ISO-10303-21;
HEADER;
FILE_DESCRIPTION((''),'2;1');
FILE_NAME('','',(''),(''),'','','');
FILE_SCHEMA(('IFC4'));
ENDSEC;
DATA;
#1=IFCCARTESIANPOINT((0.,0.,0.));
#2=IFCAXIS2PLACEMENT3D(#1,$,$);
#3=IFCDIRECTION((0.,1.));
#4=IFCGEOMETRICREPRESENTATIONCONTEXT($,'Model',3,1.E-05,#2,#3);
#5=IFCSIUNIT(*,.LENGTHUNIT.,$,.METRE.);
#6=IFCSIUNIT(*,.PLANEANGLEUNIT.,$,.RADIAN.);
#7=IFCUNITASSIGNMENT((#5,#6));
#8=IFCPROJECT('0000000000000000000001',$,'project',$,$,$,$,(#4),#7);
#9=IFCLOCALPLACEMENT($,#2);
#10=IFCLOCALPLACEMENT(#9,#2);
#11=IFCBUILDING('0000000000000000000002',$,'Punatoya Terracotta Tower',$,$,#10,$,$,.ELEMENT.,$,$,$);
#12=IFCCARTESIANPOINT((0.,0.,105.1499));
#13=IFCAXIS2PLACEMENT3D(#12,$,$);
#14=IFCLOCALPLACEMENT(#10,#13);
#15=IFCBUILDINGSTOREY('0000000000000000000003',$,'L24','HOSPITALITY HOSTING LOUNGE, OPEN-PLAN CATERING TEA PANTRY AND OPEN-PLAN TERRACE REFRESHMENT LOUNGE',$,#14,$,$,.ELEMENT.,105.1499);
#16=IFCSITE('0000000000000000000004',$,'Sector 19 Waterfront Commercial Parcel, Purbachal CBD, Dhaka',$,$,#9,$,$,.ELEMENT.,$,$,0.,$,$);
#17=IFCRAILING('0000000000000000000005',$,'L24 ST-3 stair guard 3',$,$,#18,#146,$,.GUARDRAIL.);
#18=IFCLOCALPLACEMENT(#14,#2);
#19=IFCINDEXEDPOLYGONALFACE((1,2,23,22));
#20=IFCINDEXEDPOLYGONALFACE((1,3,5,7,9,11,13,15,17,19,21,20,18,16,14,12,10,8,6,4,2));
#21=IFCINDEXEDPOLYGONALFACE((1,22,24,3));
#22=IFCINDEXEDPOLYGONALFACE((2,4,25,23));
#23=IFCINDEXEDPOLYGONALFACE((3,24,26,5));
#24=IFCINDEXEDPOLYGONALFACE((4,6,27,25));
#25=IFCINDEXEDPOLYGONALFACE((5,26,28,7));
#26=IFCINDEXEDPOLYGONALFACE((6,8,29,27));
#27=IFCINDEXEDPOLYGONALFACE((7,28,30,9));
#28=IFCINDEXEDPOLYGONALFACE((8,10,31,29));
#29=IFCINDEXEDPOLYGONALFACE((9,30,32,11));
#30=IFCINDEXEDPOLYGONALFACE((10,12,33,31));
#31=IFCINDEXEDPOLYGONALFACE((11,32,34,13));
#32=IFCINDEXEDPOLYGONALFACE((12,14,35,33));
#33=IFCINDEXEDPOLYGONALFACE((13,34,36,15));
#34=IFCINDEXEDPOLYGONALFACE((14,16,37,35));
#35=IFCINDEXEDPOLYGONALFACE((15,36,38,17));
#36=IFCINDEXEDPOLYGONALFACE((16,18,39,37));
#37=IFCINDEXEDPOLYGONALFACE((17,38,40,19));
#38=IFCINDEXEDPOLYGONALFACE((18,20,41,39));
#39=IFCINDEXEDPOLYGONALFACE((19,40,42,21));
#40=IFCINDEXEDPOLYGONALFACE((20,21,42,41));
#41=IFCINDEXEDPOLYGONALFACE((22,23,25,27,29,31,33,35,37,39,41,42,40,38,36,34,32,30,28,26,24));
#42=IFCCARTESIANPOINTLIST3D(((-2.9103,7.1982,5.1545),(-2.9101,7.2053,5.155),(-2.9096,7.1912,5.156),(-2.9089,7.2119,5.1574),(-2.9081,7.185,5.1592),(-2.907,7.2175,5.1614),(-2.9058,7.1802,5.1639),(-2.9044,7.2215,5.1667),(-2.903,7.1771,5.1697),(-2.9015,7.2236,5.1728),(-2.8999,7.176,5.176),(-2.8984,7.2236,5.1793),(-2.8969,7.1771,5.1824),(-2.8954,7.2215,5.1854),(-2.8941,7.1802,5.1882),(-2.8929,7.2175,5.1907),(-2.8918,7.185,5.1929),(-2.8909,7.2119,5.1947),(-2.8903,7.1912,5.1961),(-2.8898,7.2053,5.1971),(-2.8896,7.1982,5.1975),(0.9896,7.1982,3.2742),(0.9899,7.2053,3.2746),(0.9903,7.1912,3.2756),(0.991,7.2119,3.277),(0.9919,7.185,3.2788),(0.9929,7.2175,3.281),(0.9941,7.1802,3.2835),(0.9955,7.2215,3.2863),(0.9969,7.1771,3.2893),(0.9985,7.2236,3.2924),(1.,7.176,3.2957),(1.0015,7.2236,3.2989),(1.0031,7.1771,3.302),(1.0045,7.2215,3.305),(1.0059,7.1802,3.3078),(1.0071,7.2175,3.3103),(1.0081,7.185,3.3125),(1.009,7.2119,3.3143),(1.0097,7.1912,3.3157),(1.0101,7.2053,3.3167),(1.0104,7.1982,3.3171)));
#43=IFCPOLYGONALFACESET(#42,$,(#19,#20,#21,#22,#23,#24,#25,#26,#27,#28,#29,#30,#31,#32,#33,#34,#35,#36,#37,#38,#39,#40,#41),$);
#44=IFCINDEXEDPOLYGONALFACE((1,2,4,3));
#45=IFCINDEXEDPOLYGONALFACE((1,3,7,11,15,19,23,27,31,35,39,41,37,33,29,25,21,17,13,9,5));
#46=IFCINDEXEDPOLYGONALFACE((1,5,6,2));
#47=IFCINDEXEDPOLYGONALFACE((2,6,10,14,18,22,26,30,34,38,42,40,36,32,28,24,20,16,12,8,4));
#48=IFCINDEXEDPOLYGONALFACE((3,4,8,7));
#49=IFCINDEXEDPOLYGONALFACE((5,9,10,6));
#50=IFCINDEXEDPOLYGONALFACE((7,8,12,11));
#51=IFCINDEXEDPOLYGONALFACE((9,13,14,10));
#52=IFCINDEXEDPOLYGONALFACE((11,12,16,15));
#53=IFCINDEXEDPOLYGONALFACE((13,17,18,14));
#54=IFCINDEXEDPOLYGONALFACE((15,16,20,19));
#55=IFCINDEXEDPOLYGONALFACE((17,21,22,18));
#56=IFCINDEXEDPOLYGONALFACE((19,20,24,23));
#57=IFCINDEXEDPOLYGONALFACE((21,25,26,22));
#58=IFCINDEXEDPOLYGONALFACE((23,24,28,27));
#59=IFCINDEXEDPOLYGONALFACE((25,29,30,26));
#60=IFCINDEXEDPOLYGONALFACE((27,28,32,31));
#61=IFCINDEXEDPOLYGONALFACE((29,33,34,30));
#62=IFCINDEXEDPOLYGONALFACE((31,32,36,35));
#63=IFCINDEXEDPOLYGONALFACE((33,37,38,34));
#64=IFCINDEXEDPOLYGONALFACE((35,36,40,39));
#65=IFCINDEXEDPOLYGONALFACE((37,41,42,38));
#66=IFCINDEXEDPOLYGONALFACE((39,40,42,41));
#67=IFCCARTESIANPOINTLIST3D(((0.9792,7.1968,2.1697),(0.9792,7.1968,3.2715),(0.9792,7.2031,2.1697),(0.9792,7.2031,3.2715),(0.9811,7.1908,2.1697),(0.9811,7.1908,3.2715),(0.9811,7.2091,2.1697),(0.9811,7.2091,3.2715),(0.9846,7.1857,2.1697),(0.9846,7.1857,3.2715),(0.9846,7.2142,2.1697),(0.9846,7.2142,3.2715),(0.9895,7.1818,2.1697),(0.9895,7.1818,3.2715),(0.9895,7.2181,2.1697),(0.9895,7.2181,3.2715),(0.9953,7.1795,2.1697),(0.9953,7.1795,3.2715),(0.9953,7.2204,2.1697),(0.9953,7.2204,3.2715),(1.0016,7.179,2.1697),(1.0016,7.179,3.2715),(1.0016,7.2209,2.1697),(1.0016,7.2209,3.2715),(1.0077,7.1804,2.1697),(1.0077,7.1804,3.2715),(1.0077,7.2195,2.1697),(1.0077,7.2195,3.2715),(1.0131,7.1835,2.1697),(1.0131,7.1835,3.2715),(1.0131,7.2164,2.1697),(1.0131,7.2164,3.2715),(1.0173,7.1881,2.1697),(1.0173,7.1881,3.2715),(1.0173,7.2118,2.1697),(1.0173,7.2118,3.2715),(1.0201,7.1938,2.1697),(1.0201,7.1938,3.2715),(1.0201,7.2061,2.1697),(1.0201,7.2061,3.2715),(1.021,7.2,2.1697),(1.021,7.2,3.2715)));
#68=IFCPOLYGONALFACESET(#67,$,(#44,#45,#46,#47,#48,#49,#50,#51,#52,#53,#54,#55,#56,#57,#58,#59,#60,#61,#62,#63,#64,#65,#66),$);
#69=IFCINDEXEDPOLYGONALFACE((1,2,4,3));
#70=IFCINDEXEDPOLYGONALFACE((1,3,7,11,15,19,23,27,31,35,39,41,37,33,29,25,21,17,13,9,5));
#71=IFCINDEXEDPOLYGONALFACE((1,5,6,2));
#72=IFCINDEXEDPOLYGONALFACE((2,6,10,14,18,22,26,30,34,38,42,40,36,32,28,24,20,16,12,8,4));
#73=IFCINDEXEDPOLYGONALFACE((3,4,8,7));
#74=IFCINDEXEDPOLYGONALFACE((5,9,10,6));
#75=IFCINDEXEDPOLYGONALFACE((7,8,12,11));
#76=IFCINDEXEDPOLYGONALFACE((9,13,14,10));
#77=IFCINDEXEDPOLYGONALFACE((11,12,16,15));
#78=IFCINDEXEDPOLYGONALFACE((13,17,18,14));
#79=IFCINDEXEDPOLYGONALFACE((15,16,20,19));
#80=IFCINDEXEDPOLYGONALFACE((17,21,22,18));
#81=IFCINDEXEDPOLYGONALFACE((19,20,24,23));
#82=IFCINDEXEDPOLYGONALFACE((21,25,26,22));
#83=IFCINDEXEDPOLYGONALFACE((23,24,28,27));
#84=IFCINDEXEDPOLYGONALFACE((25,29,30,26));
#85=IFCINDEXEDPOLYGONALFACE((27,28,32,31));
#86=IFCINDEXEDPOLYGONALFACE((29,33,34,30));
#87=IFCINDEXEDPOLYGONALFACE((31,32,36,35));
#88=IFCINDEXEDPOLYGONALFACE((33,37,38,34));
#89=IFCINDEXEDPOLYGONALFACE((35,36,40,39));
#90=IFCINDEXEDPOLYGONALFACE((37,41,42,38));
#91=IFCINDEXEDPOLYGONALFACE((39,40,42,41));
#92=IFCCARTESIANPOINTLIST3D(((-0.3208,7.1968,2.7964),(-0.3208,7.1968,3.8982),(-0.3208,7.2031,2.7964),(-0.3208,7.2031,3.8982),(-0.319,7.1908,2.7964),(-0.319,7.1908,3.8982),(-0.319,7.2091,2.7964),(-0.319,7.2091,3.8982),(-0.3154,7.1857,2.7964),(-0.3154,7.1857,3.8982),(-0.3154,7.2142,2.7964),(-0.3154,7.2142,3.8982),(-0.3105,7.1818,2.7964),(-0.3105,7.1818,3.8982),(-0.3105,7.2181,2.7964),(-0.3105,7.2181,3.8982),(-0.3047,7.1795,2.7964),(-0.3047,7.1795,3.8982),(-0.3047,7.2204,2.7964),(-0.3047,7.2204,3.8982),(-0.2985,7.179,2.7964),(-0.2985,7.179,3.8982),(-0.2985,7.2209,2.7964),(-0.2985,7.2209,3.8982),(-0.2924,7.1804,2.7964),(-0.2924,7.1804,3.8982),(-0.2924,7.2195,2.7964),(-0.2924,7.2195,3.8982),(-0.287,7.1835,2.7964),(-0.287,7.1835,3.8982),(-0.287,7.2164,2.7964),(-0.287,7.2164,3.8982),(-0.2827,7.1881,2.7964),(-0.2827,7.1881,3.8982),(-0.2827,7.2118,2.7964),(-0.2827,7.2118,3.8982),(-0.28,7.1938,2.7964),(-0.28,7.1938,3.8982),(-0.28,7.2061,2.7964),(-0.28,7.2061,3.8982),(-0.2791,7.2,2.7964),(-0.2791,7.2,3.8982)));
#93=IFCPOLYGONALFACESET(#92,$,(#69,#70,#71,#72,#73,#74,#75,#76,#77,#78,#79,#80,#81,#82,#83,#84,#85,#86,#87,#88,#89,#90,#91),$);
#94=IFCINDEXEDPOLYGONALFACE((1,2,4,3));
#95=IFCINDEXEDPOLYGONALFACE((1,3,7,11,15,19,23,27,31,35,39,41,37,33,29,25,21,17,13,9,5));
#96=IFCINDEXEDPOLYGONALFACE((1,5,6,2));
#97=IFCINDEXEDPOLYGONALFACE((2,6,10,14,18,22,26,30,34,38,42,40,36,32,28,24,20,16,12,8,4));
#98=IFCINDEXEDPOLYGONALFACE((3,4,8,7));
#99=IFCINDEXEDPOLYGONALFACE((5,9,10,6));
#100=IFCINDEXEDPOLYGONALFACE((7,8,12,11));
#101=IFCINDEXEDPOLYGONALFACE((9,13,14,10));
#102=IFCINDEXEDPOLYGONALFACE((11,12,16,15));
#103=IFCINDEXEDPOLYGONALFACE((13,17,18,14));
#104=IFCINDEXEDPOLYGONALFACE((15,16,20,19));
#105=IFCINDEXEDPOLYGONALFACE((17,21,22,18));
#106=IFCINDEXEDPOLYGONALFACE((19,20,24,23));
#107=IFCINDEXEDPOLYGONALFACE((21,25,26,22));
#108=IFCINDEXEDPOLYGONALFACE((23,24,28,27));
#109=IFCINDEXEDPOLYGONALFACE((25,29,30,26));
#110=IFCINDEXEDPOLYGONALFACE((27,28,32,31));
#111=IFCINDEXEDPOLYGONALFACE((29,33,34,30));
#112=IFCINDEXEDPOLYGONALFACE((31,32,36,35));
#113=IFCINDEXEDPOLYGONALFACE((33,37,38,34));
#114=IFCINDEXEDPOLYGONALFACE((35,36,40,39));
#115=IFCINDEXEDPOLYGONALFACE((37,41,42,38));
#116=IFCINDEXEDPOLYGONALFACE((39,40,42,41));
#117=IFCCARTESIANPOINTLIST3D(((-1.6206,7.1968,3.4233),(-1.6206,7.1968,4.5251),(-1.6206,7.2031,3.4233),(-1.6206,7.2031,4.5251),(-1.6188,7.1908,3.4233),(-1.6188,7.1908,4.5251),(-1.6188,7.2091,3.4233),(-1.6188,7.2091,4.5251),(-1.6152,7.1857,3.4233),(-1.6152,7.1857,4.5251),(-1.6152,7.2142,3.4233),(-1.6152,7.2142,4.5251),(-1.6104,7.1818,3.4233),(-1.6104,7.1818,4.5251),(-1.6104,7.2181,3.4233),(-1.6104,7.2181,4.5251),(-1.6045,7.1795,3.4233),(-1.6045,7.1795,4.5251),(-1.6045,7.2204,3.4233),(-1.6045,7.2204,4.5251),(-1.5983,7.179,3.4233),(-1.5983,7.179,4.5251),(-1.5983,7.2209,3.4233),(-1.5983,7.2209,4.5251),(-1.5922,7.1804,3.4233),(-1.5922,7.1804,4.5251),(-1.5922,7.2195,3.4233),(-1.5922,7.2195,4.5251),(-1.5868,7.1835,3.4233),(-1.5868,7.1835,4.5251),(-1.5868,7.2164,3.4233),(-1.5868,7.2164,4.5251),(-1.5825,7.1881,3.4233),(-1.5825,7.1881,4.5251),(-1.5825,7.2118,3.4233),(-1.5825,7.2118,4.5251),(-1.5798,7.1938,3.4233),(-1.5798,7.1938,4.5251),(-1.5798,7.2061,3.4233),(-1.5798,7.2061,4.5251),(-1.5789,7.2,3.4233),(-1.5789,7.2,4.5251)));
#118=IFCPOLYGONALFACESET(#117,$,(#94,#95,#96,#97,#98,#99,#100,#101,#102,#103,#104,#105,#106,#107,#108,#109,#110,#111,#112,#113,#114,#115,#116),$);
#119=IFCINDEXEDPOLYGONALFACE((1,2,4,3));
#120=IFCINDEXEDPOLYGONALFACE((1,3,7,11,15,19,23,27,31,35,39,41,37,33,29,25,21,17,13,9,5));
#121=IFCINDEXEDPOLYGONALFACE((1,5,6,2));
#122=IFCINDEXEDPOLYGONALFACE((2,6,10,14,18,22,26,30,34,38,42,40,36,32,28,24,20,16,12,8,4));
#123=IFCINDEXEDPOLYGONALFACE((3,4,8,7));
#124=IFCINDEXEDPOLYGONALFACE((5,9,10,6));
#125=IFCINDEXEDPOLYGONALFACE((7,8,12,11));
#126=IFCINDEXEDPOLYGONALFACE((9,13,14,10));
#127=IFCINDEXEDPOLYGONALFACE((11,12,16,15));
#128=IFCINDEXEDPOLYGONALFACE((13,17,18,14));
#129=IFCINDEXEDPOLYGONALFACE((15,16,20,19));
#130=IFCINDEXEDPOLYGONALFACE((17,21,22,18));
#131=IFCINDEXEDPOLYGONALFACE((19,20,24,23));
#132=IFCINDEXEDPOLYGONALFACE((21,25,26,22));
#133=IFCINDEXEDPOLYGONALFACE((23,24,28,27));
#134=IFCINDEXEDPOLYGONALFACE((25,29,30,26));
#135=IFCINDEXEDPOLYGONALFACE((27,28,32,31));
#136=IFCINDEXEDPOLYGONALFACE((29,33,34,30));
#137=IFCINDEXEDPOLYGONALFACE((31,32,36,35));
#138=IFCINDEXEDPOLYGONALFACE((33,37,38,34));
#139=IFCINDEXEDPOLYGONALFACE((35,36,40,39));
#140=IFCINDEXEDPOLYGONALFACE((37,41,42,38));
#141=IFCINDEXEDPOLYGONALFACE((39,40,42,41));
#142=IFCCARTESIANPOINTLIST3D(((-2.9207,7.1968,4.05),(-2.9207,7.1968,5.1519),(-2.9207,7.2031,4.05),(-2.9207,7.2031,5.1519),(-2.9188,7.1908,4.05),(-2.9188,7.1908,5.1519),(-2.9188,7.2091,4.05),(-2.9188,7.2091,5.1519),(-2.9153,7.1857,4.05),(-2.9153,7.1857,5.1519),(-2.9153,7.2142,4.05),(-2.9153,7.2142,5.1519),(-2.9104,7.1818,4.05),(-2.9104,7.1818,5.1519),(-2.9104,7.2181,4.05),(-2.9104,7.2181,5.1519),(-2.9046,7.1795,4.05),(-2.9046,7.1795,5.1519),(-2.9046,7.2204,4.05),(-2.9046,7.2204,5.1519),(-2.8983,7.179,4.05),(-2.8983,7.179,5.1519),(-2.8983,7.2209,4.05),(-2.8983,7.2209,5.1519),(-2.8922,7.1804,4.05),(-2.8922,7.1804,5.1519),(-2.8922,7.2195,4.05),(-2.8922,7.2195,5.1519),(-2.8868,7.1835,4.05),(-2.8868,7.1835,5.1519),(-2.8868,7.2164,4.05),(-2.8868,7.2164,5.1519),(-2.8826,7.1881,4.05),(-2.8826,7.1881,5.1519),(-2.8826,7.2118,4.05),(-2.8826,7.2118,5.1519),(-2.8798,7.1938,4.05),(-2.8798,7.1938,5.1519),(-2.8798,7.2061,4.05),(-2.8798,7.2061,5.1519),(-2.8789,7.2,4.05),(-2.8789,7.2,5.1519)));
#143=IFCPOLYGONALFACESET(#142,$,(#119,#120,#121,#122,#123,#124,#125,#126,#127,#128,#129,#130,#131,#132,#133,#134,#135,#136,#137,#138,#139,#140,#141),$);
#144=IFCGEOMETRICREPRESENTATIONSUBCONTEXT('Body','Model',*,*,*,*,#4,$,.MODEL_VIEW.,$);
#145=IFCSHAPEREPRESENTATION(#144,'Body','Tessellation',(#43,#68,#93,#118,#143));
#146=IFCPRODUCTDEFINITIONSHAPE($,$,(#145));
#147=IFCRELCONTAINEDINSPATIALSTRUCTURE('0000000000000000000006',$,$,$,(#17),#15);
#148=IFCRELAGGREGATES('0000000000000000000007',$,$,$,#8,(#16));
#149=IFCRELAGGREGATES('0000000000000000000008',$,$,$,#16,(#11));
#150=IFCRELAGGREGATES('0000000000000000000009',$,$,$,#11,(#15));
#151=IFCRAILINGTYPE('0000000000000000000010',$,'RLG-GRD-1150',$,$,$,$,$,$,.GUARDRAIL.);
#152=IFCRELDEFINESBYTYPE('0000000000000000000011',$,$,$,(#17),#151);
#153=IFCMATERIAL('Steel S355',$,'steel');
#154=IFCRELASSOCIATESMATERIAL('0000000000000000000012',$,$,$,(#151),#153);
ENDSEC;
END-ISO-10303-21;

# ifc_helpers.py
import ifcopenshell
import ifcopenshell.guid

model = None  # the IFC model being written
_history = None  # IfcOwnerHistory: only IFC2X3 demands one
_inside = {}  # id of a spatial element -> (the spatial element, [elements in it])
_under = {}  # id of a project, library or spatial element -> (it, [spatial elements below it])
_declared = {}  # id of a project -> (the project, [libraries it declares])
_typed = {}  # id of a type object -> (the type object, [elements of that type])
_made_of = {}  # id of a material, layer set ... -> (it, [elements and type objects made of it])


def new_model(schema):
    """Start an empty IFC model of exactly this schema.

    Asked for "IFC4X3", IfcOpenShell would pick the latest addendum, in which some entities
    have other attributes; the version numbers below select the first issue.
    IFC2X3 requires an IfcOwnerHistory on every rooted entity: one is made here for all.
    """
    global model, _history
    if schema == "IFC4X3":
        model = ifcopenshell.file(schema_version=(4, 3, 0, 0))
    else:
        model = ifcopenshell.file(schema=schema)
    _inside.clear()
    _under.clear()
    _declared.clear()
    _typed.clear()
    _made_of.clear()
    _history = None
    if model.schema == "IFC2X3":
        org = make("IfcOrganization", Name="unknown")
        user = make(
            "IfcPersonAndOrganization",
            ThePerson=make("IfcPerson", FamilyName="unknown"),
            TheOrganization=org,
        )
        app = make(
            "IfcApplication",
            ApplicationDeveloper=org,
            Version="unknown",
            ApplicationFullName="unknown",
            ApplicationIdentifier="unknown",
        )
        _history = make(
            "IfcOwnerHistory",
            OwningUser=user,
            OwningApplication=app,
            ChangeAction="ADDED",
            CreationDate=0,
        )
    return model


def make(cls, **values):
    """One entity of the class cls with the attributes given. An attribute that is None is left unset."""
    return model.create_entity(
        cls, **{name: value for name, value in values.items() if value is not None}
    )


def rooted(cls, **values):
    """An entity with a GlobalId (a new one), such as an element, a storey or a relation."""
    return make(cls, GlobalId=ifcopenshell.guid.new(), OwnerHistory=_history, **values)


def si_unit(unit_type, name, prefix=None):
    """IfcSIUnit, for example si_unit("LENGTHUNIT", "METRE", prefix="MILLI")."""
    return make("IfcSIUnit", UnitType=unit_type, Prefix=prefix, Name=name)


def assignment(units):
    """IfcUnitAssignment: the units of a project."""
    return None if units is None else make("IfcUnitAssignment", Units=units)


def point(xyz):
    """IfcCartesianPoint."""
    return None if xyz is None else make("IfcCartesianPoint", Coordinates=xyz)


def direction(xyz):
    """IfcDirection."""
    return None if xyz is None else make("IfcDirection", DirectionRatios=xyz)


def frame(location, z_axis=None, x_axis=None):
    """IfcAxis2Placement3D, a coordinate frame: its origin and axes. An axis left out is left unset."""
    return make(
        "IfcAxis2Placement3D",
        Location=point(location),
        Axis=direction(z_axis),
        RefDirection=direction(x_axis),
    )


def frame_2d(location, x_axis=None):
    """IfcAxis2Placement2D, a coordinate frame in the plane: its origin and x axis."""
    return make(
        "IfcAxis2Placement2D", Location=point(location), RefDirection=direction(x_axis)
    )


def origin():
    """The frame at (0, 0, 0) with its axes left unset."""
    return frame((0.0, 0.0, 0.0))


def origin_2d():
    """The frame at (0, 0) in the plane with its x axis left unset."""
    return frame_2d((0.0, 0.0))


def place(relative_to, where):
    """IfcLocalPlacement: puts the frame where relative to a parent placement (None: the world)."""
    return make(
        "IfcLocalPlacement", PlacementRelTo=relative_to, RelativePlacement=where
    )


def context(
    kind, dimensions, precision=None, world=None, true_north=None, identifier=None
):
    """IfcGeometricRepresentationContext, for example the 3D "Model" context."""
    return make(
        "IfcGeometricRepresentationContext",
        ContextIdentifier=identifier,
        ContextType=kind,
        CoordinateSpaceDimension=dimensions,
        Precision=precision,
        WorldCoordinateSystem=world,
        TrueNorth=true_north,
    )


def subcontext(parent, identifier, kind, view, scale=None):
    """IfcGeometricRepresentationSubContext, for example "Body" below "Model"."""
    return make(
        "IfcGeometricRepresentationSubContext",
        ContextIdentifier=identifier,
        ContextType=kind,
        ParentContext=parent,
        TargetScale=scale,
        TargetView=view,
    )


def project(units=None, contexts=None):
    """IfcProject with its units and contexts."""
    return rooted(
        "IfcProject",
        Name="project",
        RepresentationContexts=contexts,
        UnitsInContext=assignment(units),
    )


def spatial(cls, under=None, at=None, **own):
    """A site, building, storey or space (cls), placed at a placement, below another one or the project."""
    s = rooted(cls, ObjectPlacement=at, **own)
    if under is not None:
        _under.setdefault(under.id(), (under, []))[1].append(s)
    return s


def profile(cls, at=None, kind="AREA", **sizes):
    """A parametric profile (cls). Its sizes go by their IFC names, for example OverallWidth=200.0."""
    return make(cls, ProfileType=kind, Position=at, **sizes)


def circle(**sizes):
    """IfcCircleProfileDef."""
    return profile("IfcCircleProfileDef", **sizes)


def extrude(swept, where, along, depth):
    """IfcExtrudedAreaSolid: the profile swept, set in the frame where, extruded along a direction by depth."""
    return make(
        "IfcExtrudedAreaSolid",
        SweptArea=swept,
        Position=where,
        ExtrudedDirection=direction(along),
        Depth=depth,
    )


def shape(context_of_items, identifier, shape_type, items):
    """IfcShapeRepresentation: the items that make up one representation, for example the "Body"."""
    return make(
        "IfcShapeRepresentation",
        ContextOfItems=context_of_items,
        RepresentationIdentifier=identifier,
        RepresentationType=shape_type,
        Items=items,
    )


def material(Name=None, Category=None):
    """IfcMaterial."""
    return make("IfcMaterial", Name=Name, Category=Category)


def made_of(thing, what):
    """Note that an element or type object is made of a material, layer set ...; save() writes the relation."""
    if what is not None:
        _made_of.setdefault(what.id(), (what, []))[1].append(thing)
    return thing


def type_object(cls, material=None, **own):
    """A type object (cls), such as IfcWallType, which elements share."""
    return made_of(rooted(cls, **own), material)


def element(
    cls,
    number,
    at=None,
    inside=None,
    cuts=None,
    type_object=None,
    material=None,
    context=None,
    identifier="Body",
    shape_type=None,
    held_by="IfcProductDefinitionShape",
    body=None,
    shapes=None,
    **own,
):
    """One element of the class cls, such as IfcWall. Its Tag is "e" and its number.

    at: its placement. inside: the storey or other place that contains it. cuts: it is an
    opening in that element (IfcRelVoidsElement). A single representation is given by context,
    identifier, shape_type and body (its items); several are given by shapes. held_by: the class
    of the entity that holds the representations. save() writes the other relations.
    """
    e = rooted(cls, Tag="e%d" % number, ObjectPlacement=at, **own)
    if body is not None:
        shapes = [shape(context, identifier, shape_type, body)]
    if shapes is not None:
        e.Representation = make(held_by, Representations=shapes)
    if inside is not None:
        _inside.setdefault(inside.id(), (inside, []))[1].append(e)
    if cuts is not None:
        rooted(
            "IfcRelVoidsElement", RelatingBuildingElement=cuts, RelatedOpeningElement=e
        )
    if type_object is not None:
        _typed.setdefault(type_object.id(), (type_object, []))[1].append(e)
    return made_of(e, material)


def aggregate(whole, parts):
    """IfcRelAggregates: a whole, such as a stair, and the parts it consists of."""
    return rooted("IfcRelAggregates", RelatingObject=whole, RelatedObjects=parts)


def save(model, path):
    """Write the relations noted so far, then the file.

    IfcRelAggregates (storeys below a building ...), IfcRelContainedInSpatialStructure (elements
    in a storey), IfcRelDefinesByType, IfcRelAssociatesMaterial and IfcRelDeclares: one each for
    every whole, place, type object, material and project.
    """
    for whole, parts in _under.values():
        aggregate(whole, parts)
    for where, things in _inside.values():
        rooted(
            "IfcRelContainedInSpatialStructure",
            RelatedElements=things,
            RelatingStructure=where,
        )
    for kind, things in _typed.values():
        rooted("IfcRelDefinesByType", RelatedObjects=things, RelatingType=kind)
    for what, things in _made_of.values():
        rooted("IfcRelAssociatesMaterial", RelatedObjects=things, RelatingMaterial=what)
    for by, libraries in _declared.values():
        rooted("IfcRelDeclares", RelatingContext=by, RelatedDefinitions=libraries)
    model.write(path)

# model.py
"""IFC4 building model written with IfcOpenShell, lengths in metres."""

from ifc_helpers import new_model, si_unit, direction, frame, origin, origin_2d, place, context, subcontext, project, spatial, circle, extrude, material, type_object, element, save


model = new_model("IFC4")

# Units and contexts
model_context = context("Model", 3, precision=1e-05, world=origin(), true_north=direction((0.0, 1.0)))
body_context = subcontext(model_context, "Body", "Model", "MODEL_VIEW")
ifc_project = project(units=[si_unit("LENGTHUNIT", "METRE"), si_unit("PLANEANGLEUNIT", "RADIAN")], contexts=[model_context])

# Site, building, storey
site_placement = place(None, origin())
site = spatial("IfcSite", under=ifc_project, at=site_placement, Name="Sector 19 Waterfront Commercial Parcel, Purbachal CBD, Dhaka", CompositionType="ELEMENT", RefElevation=0.0)
building_placement = place(site_placement, origin())
building = spatial("IfcBuilding", under=site, at=building_placement, Name="Punatoya Terracotta Tower", CompositionType="ELEMENT")
storey_placement = place(building_placement, frame((0.0, 0.0, 105.1499)))
storey = spatial("IfcBuildingStorey", under=building, at=storey_placement, Name="L24", Description="HOSPITALITY HOSTING LOUNGE, OPEN-PLAN CATERING TEA PANTRY AND OPEN-PLAN TERRACE REFRESHMENT LOUNGE", CompositionType="ELEMENT", Elevation=105.1499)

# Shared definitions
ifc_material_1 = material(Name="Steel S355", Category="steel")

# Railing
railing_type_1 = type_object("IfcRailingType", Name="RLG-GRD-1150", PredefinedType="GUARDRAIL", material=ifc_material_1)
railing_1_placement = place(storey_placement, frame((1.0, 7.2, 2.1697)))
element("IfcRailing", 1, at=railing_1_placement, inside=storey, type_object=railing_type_1, Name="L24 ST-3 stair guard 3", PredefinedType="GUARDRAIL", context=body_context, shape_type="SweptSolid", body=[
    extrude(circle(Radius=0.0239, at=origin_2d()), frame((0.0, 0.0, 1.126), z_axis=(-0.900763, 0.0, 0.434311), x_axis=(0.0, -1.0, 0.0)), (0.0, 0.0, 1.0), 4.3296),
    extrude(circle(Radius=0.021, at=origin_2d()), origin(), (0.0, 0.0, 1.0), 1.1018),
    extrude(circle(Radius=0.021, at=origin_2d()), frame((-1.3, 0.0, 0.6267)), (0.0, 0.0, 1.0), 1.1018),
    extrude(circle(Radius=0.021, at=origin_2d()), frame((-2.5999, 0.0, 1.2537)), (0.0, 0.0, 1.0), 1.1018),
    extrude(circle(Radius=0.021, at=origin_2d()), frame((-3.8999, 0.0, 1.8804)), (0.0, 0.0, 1.0), 1.1018),
])

save(model, "model.ifc")
